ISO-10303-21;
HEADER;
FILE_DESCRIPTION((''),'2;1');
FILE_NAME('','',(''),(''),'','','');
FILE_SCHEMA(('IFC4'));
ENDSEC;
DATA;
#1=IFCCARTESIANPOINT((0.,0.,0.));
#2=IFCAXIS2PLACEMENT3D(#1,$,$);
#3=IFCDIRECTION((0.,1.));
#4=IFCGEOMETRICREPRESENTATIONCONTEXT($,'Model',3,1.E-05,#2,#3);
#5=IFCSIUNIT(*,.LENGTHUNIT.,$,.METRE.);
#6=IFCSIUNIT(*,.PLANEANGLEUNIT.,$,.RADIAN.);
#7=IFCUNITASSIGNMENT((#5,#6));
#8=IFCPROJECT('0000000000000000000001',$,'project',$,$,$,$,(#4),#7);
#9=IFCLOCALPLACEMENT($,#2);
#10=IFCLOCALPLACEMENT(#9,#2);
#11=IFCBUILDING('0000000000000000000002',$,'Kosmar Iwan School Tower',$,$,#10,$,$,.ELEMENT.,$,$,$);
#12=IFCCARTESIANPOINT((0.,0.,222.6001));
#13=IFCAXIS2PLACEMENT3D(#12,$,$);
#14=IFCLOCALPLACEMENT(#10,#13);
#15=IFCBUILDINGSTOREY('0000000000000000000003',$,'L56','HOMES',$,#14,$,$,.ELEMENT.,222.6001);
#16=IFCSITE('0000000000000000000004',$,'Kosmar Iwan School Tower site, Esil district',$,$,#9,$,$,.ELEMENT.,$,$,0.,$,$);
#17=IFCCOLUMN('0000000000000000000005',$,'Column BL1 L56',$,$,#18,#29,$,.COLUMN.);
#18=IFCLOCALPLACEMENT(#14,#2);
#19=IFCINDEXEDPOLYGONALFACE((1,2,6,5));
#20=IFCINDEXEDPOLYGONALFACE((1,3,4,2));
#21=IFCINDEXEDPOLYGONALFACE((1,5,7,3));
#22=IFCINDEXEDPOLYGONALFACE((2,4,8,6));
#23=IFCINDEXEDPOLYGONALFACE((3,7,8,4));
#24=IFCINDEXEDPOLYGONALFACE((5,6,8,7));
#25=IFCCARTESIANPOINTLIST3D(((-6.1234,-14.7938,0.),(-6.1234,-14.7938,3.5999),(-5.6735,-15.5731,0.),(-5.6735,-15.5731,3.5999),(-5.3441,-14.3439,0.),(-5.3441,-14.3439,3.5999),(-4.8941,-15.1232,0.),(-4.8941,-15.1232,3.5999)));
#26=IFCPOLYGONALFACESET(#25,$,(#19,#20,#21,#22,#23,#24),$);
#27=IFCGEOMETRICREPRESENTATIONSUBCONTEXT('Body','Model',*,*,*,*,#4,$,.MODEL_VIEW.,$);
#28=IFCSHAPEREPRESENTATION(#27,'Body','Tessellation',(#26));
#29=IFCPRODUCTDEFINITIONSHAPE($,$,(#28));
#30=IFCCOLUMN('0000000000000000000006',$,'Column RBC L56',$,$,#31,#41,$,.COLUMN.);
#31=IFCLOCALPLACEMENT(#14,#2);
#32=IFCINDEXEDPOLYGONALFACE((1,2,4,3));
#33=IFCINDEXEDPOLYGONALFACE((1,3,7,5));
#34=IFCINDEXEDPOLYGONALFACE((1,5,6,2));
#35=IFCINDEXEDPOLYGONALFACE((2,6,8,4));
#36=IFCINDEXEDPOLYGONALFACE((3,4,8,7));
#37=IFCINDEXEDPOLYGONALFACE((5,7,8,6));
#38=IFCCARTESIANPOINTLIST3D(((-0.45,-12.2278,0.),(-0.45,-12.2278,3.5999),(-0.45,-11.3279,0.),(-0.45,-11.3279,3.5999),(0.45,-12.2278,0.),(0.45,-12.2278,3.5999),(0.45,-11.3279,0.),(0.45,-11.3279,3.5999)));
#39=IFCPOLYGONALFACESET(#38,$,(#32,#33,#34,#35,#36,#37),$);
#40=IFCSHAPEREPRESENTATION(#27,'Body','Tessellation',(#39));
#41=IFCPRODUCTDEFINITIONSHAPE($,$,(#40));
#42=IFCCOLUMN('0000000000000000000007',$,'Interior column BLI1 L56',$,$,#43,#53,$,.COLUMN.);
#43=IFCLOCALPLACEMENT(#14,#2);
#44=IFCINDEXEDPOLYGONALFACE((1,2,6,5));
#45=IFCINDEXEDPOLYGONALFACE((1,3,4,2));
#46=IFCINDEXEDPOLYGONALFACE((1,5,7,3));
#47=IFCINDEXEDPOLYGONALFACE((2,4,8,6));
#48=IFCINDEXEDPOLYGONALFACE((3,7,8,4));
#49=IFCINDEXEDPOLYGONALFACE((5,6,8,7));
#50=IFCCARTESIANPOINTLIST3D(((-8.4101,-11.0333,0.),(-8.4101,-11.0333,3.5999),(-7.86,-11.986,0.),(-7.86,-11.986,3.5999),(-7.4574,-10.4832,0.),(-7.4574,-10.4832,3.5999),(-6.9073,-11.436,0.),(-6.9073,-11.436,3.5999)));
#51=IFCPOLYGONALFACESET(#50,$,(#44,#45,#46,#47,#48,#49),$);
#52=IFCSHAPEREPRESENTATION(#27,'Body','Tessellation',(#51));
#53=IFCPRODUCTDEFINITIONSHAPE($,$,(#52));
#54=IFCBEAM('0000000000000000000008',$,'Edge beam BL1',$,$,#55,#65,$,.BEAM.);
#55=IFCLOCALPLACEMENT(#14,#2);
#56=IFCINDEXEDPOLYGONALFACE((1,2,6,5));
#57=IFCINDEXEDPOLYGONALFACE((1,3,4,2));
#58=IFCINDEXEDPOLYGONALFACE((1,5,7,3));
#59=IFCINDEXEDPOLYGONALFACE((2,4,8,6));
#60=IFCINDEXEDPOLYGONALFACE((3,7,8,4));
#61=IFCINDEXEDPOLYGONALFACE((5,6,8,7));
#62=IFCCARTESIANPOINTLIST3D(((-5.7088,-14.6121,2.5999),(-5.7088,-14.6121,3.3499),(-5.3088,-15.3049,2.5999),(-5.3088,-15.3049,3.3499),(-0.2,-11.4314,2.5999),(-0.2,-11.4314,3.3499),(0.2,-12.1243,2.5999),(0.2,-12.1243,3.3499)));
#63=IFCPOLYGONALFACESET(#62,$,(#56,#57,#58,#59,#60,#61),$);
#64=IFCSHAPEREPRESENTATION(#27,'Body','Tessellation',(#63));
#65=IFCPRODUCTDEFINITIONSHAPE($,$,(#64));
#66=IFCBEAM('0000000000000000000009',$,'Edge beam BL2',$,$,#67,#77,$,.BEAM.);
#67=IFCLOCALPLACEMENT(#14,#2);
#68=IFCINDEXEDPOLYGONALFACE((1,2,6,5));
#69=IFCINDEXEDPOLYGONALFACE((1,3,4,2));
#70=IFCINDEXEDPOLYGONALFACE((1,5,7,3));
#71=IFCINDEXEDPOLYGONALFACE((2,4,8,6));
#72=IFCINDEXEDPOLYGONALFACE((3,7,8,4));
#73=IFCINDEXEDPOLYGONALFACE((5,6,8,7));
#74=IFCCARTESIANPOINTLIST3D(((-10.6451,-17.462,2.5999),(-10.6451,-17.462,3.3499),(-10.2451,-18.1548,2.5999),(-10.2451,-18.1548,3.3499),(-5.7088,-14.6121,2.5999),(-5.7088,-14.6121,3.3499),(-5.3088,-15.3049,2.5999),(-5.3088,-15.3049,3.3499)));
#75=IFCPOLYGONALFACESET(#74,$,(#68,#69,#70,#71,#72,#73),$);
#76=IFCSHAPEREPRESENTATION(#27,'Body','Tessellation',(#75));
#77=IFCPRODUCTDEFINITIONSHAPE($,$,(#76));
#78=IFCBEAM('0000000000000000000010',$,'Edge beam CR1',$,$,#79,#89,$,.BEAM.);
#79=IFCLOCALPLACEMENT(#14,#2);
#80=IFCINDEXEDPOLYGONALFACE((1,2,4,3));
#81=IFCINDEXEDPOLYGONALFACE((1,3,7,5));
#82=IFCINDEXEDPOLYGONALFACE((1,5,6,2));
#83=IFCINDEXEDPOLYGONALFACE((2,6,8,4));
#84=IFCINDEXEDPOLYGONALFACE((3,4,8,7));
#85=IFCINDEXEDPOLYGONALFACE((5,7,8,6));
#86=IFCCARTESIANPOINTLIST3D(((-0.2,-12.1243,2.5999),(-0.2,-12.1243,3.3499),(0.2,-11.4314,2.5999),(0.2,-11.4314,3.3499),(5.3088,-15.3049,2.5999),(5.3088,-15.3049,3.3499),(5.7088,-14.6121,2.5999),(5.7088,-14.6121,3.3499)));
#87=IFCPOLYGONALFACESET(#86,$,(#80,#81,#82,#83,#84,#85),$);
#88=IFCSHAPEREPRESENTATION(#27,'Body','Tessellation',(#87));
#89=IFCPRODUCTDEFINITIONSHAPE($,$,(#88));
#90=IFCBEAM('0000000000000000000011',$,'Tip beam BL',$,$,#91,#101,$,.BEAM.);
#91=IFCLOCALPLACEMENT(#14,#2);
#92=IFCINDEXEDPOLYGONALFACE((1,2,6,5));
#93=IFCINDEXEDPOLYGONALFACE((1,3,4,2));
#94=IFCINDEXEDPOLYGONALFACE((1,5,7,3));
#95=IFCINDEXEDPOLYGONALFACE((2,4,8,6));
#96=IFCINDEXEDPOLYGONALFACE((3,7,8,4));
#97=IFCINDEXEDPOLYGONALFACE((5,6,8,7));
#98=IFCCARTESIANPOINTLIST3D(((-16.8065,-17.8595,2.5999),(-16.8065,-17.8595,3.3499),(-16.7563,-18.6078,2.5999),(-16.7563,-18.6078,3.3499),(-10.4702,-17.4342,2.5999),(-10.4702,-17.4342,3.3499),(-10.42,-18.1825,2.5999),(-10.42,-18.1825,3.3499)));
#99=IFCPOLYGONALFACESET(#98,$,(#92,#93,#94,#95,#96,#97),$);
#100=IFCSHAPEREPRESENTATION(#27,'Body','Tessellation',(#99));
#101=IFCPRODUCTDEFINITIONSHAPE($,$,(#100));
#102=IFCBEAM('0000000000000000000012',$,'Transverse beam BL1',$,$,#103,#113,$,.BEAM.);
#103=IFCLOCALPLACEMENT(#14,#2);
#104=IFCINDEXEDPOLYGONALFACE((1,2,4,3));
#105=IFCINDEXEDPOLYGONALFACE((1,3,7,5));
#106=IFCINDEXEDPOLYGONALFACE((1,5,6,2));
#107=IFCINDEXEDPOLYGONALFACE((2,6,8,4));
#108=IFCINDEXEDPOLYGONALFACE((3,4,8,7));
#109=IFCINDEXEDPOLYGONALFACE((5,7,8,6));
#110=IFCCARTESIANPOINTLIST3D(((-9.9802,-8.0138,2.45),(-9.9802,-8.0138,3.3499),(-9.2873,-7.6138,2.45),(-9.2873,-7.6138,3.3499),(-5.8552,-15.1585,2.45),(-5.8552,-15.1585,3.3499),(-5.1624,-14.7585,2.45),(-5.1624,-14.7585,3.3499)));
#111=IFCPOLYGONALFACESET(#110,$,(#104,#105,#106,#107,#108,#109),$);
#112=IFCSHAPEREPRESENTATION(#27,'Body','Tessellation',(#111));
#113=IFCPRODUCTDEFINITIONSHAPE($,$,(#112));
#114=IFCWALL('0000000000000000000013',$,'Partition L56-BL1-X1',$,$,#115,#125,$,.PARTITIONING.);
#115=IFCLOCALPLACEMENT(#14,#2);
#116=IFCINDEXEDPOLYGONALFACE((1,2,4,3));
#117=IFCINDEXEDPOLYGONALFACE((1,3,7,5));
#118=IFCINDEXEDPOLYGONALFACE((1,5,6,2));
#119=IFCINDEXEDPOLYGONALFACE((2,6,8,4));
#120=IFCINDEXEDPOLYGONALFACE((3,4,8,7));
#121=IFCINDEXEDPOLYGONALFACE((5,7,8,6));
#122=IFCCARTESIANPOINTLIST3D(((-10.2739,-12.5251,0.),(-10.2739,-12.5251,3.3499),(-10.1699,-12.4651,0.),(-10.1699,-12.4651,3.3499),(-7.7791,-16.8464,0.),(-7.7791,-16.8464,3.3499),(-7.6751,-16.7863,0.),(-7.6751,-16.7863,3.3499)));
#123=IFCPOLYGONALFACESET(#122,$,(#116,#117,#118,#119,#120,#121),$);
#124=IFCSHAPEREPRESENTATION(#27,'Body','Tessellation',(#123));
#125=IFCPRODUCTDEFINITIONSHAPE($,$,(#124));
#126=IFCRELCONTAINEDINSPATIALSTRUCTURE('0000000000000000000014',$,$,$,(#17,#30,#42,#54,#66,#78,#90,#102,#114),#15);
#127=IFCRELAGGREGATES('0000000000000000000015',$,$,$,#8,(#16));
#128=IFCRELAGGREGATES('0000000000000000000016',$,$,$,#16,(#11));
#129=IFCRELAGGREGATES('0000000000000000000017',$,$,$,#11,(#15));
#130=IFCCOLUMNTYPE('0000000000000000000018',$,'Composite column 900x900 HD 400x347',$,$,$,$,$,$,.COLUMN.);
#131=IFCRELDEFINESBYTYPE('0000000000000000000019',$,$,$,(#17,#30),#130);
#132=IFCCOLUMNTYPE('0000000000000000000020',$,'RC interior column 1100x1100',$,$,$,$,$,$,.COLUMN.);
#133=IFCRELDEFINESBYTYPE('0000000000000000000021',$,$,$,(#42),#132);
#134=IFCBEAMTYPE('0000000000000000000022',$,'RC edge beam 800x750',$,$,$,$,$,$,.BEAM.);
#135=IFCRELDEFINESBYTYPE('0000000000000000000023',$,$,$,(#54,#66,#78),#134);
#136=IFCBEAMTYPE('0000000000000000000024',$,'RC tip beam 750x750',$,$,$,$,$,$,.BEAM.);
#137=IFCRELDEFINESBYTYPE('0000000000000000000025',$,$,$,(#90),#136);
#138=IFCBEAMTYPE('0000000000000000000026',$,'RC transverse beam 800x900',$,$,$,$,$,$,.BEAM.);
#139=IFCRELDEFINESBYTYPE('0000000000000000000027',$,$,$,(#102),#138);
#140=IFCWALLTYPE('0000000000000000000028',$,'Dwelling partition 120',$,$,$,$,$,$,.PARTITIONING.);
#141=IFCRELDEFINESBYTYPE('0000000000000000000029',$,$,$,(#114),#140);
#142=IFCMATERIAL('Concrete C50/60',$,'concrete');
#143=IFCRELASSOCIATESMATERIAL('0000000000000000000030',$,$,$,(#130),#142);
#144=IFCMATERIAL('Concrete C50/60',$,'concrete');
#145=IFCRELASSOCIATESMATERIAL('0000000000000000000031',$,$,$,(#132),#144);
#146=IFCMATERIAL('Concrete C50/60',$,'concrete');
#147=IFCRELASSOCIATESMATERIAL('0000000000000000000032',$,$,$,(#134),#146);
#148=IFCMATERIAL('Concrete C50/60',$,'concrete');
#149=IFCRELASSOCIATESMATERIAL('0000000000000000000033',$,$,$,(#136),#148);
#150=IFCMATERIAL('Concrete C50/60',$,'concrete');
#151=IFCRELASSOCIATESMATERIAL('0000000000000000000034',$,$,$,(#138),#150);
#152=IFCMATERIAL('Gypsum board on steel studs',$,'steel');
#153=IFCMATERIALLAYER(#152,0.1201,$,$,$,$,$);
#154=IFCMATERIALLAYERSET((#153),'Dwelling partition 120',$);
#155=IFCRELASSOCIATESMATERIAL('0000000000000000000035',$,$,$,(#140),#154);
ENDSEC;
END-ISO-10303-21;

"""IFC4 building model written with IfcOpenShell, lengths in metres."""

from ifc_helpers import new_model, si_unit, direction, frame, frame_2d, origin, origin_2d, place, context, subcontext, project, spatial, rectangle, extrude, material, layer, layer_set, material_profile, profile_set, type_object, element, save


model = new_model("IFC4")

# Units and contexts
model_context = context("Model", 3, precision=1e-05, world=origin(), true_north=direction((0.0, 1.0)))
body_context = subcontext(model_context, "Body", "Model", "MODEL_VIEW")
ifc_project = project(units=[si_unit("LENGTHUNIT", "METRE"), si_unit("PLANEANGLEUNIT", "RADIAN")], contexts=[model_context])

# Site, building, storey
site_placement = place(None, origin())
site = spatial("IfcSite", under=ifc_project, at=site_placement, Name="Kosmar Iwan School Tower site, Esil district", CompositionType="ELEMENT", RefElevation=0.0)
building_placement = place(site_placement, origin())
building = spatial("IfcBuilding", under=site, at=building_placement, Name="Kosmar Iwan School Tower", CompositionType="ELEMENT")
storey_placement = place(building_placement, frame((0.0, 0.0, 222.6001)))
storey = spatial("IfcBuildingStorey", under=building, at=storey_placement, Name="L56", Description="HOMES", CompositionType="ELEMENT", Elevation=222.6001)

# Columns
ifc_material_1 = material(Name="Concrete C50/60", Category="concrete")
ifc_material_profile_1 = material_profile(ifc_material_1, rectangle(XDim=0.8999, YDim=0.8999, at=origin_2d()), Name="RC 900x900 + HD 400x347")
ifc_profile_set_1 = profile_set([ifc_material_profile_1], Name="Concrete C50/60")
column_type_1 = type_object("IfcColumnType", Name="Composite column 900x900 HD 400x347", PredefinedType="COLUMN", material=ifc_profile_set_1)
for number, where, z_axis, x_axis, name in (
    (1, (-5.5088, -14.9585, 0.0), (0.0, 0.0, 1.0), (-0.866025, -0.5, 0.0), "Column BL1 L56"),
    (2, (0.0, -11.7778, 0.0), (0.0, 0.0, 1.0), (1.0, 0.0, 0.0), "Column RBC L56"),
):
    element("IfcColumn", number, at=place(storey_placement, frame(where, z_axis=z_axis, x_axis=x_axis)), inside=storey, type_object=column_type_1, Name=name, PredefinedType="COLUMN", context=body_context, shape_type="SweptSolid", body=[
        extrude(rectangle(XDim=0.8999, YDim=0.8999, at=origin_2d()), origin(), (0.0, 0.0, 1.0), 3.5999),
    ])
ifc_material_2 = material(Name="Concrete C50/60", Category="concrete")
ifc_material_profile_2 = material_profile(ifc_material_2, rectangle(XDim=1.1001, YDim=1.1001, at=origin_2d()), Name="RC 1100x1100")
ifc_profile_set_2 = profile_set([ifc_material_profile_2], Name="Concrete C50/60")
column_type_2 = type_object("IfcColumnType", Name="RC interior column 1100x1100", PredefinedType="COLUMN", material=ifc_profile_set_2)
column_placement = place(storey_placement, frame((-7.6587, -11.2346, 0.0), z_axis=(0.0, 0.0, 1.0), x_axis=(-0.866025, -0.5, 0.0)))
element("IfcColumn", 3, at=column_placement, inside=storey, type_object=column_type_2, Name="Interior column BLI1 L56", PredefinedType="COLUMN", context=body_context, shape_type="SweptSolid", body=[
    extrude(rectangle(XDim=1.1001, YDim=1.1001, at=origin_2d()), origin(), (0.0, 0.0, 1.0), 3.5999),
])

# Beams
ifc_material_3 = material(Name="Concrete C50/60", Category="concrete")
ifc_material_profile_3 = material_profile(ifc_material_3, rectangle(XDim=0.8, YDim=0.75, at=origin_2d()), Name="RC 800x750")
ifc_profile_set_3 = profile_set([ifc_material_profile_3], Name="Concrete C50/60")
beam_type_1 = type_object("IfcBeamType", Name="RC edge beam 800x750", PredefinedType="BEAM", material=ifc_profile_set_3)
beam_1_placement = place(storey_placement, frame((0.0, -11.7778, 2.9749), z_axis=(-0.866014, -0.500019, 0.0), x_axis=(0.500019, -0.866014, 0.0)))
element("IfcBeam", 4, at=beam_1_placement, inside=storey, type_object=beam_type_1, Name="Edge beam BL1", PredefinedType="BEAM", context=body_context, shape_type="SweptSolid", body=[
    extrude(rectangle(XDim=0.8, YDim=0.75, at=origin_2d()), origin(), (0.0, 0.0, 1.0), 6.3611),
])
beam_2_placement = place(storey_placement, frame((-5.5088, -14.9585, 2.9749), z_axis=(-0.866034, -0.499986, 0.0), x_axis=(0.499986, -0.866034, 0.0)))
element("IfcBeam", 5, at=beam_2_placement, inside=storey, type_object=beam_type_1, Name="Edge beam BL2", PredefinedType="BEAM", context=body_context, shape_type="SweptSolid", body=[
    extrude(rectangle(XDim=0.8, YDim=0.75, at=origin_2d()), origin(), (0.0, 0.0, 1.0), 5.7),
])
beam_3_placement = place(storey_placement, frame((0.0, -11.7778, 2.9749), z_axis=(0.866014, -0.500019, 0.0), x_axis=(0.500019, 0.866014, 0.0)))
element("IfcBeam", 6, at=beam_3_placement, inside=storey, type_object=beam_type_1, Name="Edge beam CR1", PredefinedType="BEAM", context=body_context, shape_type="SweptSolid", body=[
    extrude(rectangle(XDim=0.8, YDim=0.75, at=origin_2d()), origin(), (0.0, 0.0, 1.0), 6.3611),
])
ifc_material_4 = material(Name="Concrete C50/60", Category="concrete")
ifc_material_profile_4 = material_profile(ifc_material_4, rectangle(XDim=0.75, YDim=0.75, at=origin_2d()), Name="RC 750x750")
ifc_profile_set_4 = profile_set([ifc_material_profile_4], Name="Concrete C50/60")
beam_type_2 = type_object("IfcBeamType", Name="RC tip beam 750x750", PredefinedType="BEAM", material=ifc_profile_set_4)
beam_4_placement = place(storey_placement, frame((-10.4451, -17.8083, 2.9749), z_axis=(-0.997755, -0.066968, 0.0), x_axis=(0.066968, -0.997755, 0.0)))
element("IfcBeam", 7, at=beam_4_placement, inside=storey, type_object=beam_type_2, Name="Tip beam BL", PredefinedType="BEAM", context=body_context, shape_type="SweptSolid", body=[
    extrude(rectangle(XDim=0.75, YDim=0.75, at=origin_2d()), origin(), (0.0, 0.0, 1.0), 6.3506),
])
ifc_material_5 = material(Name="Concrete C50/60", Category="concrete")
ifc_material_profile_5 = material_profile(ifc_material_5, rectangle(XDim=0.8, YDim=0.8999, at=origin_2d()), Name="RC 800x900")
ifc_profile_set_5 = profile_set([ifc_material_profile_5], Name="Concrete C50/60")
beam_type_3 = type_object("IfcBeamType", Name="RC transverse beam 800x900", PredefinedType="BEAM", material=ifc_profile_set_5)
beam_5_placement = place(storey_placement, frame((-5.5088, -14.9585, 2.8999), z_axis=(-0.499997, 0.866027, 0.0), x_axis=(-0.866027, -0.499997, 0.0)))
element("IfcBeam", 8, at=beam_5_placement, inside=storey, type_object=beam_type_3, Name="Transverse beam BL1", PredefinedType="BEAM", context=body_context, shape_type="SweptSolid", body=[
    extrude(rectangle(XDim=0.8, YDim=0.8999, at=origin_2d()), origin(), (0.0, 0.0, 1.0), 8.25),
])

# Wall
ifc_material_6 = material(Name="Gypsum board on steel studs", Category="steel")
ifc_layer_1 = layer(ifc_material_6, 0.1201)
ifc_layer_set_1 = layer_set([ifc_layer_1], Name="Dwelling partition 120")
wall_type_1 = type_object("IfcWallType", Name="Dwelling partition 120", PredefinedType="PARTITIONING", material=ifc_layer_set_1)
wall_1_placement = place(storey_placement, frame((-10.2219, -12.4951, 0.0), z_axis=(0.0, 0.0, 1.0), x_axis=(0.499996, -0.866028, 0.0)))
element("IfcWall", 9, at=wall_1_placement, inside=storey, type_object=wall_type_1, Name="Partition L56-BL1-X1", PredefinedType="PARTITIONING", context=body_context, shape_type="SweptSolid", body=[
    extrude(rectangle(XDim=4.9897, YDim=0.1201, at=frame_2d((2.4949, 0.0))), origin(), (0.0, 0.0, 1.0), 3.3499),
])

save(model, "model.ifc")
